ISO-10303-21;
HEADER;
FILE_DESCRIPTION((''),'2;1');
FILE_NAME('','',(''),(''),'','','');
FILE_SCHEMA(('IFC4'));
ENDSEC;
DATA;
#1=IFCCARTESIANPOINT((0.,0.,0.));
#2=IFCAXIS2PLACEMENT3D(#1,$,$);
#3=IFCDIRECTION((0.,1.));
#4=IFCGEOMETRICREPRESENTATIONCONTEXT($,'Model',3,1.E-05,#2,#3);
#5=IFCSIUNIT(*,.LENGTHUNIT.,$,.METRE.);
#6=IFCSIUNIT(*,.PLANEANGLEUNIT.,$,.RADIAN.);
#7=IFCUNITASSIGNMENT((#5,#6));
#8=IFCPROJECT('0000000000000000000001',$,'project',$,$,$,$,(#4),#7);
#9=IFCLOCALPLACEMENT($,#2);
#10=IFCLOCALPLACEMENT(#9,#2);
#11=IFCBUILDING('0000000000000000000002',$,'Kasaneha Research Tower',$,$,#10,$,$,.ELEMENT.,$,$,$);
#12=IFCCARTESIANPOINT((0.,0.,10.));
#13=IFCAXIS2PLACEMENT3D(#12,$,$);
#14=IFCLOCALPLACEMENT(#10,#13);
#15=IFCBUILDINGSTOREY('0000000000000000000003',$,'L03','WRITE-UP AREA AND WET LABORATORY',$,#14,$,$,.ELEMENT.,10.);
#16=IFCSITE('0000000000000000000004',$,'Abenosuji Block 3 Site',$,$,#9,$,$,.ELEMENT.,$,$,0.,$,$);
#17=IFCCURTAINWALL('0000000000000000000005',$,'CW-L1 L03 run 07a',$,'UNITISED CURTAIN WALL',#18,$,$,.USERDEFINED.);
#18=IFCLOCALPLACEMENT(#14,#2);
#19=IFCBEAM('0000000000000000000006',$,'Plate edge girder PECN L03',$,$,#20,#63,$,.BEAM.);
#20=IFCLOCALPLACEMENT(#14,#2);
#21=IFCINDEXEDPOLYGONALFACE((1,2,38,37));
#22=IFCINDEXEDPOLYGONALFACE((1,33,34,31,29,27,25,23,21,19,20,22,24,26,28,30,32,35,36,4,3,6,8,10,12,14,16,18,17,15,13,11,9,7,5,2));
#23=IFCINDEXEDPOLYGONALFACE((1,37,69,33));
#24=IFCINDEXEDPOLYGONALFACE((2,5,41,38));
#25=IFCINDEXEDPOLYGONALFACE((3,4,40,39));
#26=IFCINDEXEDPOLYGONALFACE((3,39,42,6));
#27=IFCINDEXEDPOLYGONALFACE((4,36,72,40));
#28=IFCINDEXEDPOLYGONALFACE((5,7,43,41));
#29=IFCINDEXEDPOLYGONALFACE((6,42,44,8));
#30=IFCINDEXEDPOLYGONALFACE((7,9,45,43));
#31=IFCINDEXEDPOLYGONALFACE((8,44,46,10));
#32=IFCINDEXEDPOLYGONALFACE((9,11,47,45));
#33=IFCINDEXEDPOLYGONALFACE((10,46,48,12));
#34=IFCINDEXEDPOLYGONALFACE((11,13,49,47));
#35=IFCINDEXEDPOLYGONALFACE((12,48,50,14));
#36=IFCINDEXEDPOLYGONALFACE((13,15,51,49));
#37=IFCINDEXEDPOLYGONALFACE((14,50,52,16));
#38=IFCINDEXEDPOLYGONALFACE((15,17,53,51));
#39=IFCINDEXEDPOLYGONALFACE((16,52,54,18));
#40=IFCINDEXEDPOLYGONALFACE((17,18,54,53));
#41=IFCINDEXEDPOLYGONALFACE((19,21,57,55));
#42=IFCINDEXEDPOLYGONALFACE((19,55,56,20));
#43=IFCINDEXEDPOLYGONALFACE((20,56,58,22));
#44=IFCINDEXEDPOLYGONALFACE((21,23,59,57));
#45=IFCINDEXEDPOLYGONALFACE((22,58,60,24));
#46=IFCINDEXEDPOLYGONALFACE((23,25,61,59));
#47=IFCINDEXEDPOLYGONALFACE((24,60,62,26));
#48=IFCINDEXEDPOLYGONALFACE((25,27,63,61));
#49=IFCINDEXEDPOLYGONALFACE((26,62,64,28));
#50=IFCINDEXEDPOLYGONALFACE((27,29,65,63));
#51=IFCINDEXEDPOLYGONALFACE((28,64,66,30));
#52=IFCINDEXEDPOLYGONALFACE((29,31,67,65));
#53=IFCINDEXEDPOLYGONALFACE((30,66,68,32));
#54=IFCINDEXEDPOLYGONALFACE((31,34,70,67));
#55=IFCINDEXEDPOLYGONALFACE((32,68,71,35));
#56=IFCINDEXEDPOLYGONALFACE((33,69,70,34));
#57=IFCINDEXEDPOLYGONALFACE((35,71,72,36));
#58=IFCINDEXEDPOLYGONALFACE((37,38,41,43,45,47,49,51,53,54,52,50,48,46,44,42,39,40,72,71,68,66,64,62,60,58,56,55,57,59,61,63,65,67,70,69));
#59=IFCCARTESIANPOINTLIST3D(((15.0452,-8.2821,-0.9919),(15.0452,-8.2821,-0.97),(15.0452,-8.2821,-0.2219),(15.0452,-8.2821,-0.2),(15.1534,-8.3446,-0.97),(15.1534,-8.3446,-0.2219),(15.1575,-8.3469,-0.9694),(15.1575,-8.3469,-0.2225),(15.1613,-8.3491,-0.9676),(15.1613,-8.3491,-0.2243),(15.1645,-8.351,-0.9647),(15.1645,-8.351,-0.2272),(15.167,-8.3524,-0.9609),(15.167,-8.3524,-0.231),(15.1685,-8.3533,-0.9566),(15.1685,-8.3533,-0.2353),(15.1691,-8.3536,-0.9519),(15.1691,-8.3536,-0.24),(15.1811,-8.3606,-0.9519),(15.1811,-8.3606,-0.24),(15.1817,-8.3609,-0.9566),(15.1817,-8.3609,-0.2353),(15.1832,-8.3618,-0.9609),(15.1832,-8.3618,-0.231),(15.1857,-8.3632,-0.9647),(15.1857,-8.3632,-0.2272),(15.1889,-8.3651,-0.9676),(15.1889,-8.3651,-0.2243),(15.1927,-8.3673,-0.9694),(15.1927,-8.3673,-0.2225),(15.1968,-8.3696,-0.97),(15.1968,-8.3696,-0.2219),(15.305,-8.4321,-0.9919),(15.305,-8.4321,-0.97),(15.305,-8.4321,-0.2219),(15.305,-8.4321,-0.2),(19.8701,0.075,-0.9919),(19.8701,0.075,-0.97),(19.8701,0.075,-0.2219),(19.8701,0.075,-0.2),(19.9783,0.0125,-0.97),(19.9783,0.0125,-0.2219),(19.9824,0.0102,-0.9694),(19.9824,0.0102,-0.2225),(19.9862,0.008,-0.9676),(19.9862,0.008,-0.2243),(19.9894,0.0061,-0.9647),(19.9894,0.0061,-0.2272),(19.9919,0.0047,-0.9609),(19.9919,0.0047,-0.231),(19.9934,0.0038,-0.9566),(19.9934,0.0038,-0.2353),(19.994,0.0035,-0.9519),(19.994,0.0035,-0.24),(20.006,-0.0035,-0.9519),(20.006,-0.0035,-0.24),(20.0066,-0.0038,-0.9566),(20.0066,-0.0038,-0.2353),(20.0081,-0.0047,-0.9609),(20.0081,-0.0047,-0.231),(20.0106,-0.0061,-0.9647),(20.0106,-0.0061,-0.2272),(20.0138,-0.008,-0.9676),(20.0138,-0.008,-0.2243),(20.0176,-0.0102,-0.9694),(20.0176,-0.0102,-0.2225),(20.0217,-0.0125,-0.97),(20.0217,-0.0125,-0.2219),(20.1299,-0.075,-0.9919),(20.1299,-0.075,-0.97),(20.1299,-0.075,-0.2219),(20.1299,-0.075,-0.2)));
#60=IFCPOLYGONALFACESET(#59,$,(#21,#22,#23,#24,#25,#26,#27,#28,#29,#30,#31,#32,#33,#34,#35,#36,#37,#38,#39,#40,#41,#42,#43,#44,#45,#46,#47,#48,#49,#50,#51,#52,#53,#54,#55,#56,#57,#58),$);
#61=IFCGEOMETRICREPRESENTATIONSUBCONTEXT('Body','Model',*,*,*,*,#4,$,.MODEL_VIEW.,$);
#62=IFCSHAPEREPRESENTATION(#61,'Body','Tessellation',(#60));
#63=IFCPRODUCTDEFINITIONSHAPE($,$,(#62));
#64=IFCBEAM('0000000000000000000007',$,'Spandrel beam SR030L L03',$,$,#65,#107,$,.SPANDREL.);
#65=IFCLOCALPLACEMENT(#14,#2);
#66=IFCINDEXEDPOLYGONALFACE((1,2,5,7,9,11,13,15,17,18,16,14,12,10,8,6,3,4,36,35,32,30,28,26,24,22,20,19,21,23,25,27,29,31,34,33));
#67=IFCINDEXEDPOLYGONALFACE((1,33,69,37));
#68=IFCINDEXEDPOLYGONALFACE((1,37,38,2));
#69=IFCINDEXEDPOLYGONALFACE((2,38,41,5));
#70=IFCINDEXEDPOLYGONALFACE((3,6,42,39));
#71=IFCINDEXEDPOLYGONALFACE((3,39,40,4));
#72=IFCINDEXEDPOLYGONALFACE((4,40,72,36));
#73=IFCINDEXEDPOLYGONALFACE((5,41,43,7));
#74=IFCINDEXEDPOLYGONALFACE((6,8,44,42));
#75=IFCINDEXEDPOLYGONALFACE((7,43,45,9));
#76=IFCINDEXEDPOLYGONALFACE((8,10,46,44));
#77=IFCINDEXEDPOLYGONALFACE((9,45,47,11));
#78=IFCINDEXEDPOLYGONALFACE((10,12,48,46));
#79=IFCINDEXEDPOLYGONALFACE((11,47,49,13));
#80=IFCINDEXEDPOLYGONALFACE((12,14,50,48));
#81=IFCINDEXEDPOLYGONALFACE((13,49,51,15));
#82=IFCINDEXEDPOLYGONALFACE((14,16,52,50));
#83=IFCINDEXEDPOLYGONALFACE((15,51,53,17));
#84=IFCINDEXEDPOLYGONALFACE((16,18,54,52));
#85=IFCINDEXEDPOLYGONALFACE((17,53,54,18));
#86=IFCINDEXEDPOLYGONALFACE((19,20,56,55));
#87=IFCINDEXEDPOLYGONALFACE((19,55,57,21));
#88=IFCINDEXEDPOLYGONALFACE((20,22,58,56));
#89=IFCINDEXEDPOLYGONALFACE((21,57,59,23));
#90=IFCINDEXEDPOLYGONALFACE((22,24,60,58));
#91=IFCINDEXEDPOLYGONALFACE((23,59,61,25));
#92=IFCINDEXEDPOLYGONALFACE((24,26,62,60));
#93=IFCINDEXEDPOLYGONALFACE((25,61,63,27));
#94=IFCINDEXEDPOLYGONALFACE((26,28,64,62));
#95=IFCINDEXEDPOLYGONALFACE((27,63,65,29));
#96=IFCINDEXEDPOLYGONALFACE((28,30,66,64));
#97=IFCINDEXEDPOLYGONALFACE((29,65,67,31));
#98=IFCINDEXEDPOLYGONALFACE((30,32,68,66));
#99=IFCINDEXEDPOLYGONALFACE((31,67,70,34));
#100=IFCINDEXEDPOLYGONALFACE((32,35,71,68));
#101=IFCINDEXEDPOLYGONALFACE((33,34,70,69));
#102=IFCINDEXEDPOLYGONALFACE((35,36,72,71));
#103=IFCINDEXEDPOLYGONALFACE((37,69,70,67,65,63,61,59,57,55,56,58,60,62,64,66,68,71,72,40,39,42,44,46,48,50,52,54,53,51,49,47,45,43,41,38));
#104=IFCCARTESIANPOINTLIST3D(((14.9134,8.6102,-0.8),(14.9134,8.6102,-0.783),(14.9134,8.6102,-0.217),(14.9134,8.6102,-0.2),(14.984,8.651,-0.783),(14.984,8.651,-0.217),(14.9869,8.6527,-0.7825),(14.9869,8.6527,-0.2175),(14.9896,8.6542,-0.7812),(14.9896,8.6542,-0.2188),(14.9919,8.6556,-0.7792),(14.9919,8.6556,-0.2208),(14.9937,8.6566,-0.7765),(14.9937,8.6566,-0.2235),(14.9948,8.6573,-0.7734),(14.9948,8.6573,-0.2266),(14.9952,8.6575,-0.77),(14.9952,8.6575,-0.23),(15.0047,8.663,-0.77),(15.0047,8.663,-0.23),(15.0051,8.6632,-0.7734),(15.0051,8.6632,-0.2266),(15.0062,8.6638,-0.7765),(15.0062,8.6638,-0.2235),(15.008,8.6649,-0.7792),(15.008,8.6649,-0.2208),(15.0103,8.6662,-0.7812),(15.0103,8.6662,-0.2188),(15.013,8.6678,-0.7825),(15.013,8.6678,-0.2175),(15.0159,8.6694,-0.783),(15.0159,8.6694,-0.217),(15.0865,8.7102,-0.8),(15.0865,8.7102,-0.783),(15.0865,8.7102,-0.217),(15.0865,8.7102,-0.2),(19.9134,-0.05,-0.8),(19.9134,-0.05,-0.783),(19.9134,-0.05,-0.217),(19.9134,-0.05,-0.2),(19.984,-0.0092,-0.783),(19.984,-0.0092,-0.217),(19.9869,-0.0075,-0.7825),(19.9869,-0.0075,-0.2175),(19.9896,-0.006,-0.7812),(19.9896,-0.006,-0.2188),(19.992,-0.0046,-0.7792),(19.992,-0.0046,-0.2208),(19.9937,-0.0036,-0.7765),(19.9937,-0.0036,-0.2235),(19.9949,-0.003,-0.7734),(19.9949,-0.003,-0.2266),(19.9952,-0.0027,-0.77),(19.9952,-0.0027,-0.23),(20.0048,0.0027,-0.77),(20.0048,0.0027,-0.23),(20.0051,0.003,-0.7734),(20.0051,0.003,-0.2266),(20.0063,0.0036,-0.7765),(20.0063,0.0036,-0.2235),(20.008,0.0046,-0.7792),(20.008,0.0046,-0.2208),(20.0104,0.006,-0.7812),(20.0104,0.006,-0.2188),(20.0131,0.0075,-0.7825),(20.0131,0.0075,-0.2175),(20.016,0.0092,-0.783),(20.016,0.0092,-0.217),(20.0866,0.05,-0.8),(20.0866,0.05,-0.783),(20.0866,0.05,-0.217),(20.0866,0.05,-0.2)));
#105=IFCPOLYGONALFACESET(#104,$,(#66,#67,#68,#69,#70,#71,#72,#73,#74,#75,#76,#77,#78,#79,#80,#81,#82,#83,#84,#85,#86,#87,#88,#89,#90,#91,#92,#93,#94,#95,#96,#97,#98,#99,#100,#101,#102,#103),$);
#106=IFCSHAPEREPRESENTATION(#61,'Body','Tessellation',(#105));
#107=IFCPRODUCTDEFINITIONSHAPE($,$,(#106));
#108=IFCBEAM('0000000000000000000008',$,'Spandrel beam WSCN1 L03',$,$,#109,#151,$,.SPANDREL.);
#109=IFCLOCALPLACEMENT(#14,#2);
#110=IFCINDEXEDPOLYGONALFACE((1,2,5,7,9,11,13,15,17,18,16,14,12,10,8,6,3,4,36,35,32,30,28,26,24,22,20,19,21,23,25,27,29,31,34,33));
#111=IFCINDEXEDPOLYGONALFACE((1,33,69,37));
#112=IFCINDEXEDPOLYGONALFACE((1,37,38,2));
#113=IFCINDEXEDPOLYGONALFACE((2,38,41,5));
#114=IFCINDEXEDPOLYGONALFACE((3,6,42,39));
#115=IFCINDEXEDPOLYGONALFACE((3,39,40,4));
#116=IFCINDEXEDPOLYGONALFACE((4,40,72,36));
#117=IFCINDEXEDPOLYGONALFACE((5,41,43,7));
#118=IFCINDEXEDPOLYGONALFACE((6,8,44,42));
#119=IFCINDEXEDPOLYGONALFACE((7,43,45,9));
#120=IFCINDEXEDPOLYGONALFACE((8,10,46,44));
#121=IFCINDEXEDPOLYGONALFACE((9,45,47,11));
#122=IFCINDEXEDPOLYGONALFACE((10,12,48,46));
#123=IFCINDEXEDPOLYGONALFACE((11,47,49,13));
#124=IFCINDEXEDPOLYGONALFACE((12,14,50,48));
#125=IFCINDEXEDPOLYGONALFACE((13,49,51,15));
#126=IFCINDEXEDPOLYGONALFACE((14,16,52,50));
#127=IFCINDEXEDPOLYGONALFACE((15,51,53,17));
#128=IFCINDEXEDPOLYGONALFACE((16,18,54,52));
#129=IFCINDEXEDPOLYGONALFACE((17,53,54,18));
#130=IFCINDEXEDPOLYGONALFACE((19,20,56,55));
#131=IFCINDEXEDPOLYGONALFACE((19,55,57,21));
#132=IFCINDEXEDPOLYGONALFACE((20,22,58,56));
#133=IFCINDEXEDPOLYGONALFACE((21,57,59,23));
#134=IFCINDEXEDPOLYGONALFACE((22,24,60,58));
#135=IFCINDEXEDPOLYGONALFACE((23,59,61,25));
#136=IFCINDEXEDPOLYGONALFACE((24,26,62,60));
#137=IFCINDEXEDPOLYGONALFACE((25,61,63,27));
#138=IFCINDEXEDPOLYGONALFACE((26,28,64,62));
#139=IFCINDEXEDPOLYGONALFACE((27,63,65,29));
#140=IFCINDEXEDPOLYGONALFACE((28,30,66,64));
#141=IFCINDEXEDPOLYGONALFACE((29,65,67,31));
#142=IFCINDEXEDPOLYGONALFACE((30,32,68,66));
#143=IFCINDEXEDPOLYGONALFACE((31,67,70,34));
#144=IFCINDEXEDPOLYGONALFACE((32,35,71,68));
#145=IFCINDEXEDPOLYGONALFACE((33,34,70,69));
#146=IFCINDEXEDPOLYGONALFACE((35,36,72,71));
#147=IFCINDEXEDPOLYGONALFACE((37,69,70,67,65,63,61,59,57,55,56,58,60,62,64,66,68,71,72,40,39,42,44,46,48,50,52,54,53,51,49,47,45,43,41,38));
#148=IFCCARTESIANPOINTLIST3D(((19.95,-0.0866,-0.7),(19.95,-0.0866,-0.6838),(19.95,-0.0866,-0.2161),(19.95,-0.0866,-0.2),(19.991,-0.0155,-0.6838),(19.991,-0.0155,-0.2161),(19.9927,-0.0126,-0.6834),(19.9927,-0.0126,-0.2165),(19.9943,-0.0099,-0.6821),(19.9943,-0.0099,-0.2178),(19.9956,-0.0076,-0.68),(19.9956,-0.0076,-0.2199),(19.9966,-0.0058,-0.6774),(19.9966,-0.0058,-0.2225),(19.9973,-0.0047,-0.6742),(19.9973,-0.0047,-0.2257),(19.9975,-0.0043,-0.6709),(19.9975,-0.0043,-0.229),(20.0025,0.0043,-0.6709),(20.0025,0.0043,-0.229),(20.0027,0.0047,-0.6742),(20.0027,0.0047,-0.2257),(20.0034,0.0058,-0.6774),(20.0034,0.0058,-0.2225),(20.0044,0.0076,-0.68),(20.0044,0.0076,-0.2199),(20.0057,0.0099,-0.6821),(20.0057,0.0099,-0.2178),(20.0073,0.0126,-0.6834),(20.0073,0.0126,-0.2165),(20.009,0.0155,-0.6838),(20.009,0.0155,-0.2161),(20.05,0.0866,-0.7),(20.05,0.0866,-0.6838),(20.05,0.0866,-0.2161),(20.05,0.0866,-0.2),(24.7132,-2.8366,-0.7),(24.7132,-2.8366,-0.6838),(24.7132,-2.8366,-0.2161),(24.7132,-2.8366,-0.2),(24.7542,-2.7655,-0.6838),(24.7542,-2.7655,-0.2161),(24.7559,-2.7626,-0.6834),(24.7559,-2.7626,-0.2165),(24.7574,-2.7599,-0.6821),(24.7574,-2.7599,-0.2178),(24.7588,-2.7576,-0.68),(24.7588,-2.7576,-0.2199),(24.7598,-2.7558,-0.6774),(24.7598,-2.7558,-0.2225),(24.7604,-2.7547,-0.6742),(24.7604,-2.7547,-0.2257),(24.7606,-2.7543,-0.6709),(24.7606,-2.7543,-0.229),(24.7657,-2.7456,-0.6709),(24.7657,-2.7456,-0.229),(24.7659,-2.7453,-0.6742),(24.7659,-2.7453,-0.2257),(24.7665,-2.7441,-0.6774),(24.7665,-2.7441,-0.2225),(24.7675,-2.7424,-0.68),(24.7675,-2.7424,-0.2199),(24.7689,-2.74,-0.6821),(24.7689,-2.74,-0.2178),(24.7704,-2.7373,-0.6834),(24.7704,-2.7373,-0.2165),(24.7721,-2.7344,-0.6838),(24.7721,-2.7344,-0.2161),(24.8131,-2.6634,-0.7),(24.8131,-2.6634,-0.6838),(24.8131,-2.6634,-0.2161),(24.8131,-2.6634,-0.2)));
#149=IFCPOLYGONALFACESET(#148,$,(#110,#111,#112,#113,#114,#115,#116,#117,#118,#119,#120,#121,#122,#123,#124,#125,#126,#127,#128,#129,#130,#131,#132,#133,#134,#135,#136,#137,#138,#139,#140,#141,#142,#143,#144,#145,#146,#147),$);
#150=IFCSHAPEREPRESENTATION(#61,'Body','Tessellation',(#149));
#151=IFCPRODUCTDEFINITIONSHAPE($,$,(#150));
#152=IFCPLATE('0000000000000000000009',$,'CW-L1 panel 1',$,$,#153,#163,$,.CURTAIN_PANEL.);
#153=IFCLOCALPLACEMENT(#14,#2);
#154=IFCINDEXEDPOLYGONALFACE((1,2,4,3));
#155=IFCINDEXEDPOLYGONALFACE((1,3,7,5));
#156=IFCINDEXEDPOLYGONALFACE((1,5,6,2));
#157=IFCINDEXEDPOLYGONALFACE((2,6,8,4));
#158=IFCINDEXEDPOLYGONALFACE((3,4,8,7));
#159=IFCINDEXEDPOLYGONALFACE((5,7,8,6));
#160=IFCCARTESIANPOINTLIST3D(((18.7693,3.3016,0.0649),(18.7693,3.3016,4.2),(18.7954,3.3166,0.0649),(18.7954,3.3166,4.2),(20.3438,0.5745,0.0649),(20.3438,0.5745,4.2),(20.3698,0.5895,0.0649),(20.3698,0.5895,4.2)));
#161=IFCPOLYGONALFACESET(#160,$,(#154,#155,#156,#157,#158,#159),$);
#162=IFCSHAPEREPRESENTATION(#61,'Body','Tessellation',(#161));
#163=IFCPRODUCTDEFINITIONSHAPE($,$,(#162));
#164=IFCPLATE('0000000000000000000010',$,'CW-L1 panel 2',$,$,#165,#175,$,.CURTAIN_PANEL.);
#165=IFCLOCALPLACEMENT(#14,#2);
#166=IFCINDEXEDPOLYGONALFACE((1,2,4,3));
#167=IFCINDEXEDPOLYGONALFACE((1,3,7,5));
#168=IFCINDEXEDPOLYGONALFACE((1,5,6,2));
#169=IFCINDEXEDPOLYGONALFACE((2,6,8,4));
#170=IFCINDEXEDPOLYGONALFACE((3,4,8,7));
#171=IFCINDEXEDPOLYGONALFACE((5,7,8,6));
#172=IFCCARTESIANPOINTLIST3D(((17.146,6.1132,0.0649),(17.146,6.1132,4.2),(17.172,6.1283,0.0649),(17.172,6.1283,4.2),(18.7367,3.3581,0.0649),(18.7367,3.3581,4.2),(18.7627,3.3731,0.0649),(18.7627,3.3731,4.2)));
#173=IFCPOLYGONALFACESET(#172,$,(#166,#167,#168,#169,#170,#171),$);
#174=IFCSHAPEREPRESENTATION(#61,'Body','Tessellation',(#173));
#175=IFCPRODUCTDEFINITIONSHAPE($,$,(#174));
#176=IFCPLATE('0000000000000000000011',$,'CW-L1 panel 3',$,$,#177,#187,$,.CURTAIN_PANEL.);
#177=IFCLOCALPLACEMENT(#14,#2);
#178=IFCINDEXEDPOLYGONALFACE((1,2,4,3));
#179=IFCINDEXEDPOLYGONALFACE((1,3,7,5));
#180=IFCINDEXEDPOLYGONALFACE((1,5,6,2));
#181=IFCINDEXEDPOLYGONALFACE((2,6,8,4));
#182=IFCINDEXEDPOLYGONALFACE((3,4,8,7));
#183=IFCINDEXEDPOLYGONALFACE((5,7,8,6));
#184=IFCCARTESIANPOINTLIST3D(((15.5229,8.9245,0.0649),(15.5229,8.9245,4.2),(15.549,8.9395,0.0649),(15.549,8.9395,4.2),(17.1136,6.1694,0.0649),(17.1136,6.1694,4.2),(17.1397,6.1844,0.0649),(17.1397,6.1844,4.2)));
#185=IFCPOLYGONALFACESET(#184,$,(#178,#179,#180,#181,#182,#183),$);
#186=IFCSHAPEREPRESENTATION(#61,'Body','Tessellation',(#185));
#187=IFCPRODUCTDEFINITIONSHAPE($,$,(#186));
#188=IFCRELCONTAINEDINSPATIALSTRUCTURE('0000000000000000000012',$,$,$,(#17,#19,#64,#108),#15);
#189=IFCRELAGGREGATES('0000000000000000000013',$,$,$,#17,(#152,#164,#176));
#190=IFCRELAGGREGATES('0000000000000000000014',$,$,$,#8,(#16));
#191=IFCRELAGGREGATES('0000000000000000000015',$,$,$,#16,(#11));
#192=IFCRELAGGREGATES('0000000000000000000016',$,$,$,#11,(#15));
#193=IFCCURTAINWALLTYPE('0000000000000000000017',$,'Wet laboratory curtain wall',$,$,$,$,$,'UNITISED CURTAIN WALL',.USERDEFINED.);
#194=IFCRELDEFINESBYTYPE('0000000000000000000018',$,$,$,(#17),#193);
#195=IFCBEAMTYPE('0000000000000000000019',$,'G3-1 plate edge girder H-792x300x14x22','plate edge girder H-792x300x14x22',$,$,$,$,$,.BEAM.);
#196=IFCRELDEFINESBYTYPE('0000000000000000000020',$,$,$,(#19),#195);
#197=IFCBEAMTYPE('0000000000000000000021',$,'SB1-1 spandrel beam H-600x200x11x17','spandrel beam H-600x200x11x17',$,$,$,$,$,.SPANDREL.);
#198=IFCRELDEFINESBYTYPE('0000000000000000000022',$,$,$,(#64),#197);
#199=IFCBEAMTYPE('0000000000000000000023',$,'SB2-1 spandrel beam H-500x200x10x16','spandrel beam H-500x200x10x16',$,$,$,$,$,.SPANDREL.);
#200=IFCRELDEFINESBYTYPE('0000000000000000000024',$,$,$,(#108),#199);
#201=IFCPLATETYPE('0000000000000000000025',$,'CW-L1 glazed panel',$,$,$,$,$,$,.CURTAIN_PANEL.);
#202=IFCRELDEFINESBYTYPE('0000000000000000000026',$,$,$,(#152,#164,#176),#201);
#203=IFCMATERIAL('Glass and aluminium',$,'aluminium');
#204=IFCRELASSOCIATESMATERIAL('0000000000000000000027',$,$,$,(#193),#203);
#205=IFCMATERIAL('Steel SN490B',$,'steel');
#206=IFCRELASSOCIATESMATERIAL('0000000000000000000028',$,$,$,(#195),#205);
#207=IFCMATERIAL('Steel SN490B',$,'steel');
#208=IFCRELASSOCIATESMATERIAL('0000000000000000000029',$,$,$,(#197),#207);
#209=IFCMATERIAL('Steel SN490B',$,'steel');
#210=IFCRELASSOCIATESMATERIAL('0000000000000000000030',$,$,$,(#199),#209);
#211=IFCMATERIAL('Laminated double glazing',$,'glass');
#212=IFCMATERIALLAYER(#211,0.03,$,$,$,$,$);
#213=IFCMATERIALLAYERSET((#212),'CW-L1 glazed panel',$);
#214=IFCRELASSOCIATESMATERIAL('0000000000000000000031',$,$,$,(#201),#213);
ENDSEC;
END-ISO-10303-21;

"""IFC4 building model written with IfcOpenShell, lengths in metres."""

from ifc_helpers import new_model, si_unit, direction, frame, origin, origin_2d, place, context, subcontext, project, spatial, rectangle, i_section, extrude, material, layer, layer_set, material_profile, profile_set, type_object, element, aggregate, save


model = new_model("IFC4")

# Units and contexts
model_context = context("Model", 3, precision=1e-05, world=origin(), true_north=direction((0.0, 1.0)))
body_context = subcontext(model_context, "Body", "Model", "MODEL_VIEW")
ifc_project = project(units=[si_unit("LENGTHUNIT", "METRE"), si_unit("PLANEANGLEUNIT", "RADIAN")], contexts=[model_context])

# Site, building, storey
site_placement = place(None, origin())
site = spatial("IfcSite", under=ifc_project, at=site_placement, Name="Abenosuji Block 3 Site", CompositionType="ELEMENT", RefElevation=0.0)
building_placement = place(site_placement, origin())
building = spatial("IfcBuilding", under=site, at=building_placement, Name="Kasaneha Research Tower", CompositionType="ELEMENT")
storey_placement = place(building_placement, frame((0.0, 0.0, 10.0)))
storey = spatial("IfcBuildingStorey", under=building, at=storey_placement, Name="L03", Description="WRITE-UP AREA AND WET LABORATORY", CompositionType="ELEMENT", Elevation=10.0)

# Shared definitions
ifc_material_1 = material(Name="Glass and aluminium", Category="aluminium")
curtain_wall_type = type_object("IfcCurtainWallType", Name="Wet laboratory curtain wall", ElementType="UNITISED CURTAIN WALL", PredefinedType="USERDEFINED", material=ifc_material_1)

# Curtain wall
curtain_wall_1_placement = place(storey_placement, origin())
curtain_wall_1 = element("IfcCurtainWall", 1, at=curtain_wall_1_placement, inside=storey, type_object=curtain_wall_type, Name="CW-L1 L03 run 07a", ObjectType="UNITISED CURTAIN WALL", PredefinedType="USERDEFINED")

# Beams
ifc_material_2 = material(Name="Steel SN490B", Category="steel")
ifc_material_profile_1 = material_profile(ifc_material_2, i_section(OverallWidth=0.3, OverallDepth=0.792, WebThickness=0.0139, FlangeThickness=0.022, FilletRadius=0.0181, at=origin_2d()), Name="H-792x300x14x22")
ifc_profile_set_1 = profile_set([ifc_material_profile_1], Name="Steel SN490B")
beam_type_1 = type_object("IfcBeamType", Name="G3-1 plate edge girder H-792x300x14x22", Description="plate edge girder H-792x300x14x22", PredefinedType="BEAM", material=ifc_profile_set_1)
beam_1_placement = place(storey_placement, frame((20.0, 0.0, -0.5959), z_axis=(-0.499995, -0.866028, 0.0), x_axis=(0.866028, -0.499995, 0.0)))
element("IfcBeam", 2, at=beam_1_placement, inside=storey, type_object=beam_type_1, Name="Plate edge girder PECN L03", PredefinedType="BEAM", context=body_context, shape_type="SweptSolid", body=[
    extrude(i_section(OverallWidth=0.3, OverallDepth=0.792, WebThickness=0.0139, FlangeThickness=0.022, FilletRadius=0.0181, at=origin_2d()), origin(), (0.0, 0.0, 1.0), 9.6499),
])
ifc_material_3 = material(Name="Steel SN490B", Category="steel")
ifc_material_profile_2 = material_profile(ifc_material_3, i_section(OverallWidth=0.2, OverallDepth=0.6001, WebThickness=0.011, FlangeThickness=0.0171, FilletRadius=0.0129, at=origin_2d()), Name="H-600x200x11x17")
ifc_profile_set_2 = profile_set([ifc_material_profile_2], Name="Steel SN490B")
beam_type_2 = type_object("IfcBeamType", Name="SB1-1 spandrel beam H-600x200x11x17", Description="spandrel beam H-600x200x11x17", PredefinedType="SPANDREL", material=ifc_profile_set_2)
beam_2_placement = place(storey_placement, frame((20.0, 0.0, -0.5), z_axis=(-0.500004, 0.866023, 0.0), x_axis=(-0.866023, -0.500004, 0.0)))
element("IfcBeam", 3, at=beam_2_placement, inside=storey, type_object=beam_type_2, Name="Spandrel beam SR030L L03", PredefinedType="SPANDREL", context=body_context, shape_type="SweptSolid", body=[
    extrude(i_section(OverallWidth=0.2, OverallDepth=0.6001, WebThickness=0.011, FlangeThickness=0.0171, FilletRadius=0.0129, at=origin_2d()), origin(), (0.0, 0.0, 1.0), 10.0),
])
ifc_material_4 = material(Name="Steel SN490B", Category="steel")
ifc_material_profile_3 = material_profile(ifc_material_4, i_section(OverallWidth=0.2, OverallDepth=0.5, WebThickness=0.01, FlangeThickness=0.0161, FilletRadius=0.0129, at=origin_2d()), Name="H-500x200x10x16")
ifc_profile_set_3 = profile_set([ifc_material_profile_3], Name="Steel SN490B")
beam_type_3 = type_object("IfcBeamType", Name="SB2-1 spandrel beam H-500x200x10x16", Description="spandrel beam H-500x200x10x16", PredefinedType="SPANDREL", material=ifc_profile_set_3)
beam_3_placement = place(storey_placement, frame((20.0, 0.0, -0.45), z_axis=(0.866027, -0.499997, 0.0), x_axis=(0.499997, 0.866027, 0.0)))
element("IfcBeam", 4, at=beam_3_placement, inside=storey, type_object=beam_type_3, Name="Spandrel beam WSCN1 L03", PredefinedType="SPANDREL", context=body_context, shape_type="SweptSolid", body=[
    extrude(i_section(OverallWidth=0.2, OverallDepth=0.5, WebThickness=0.01, FlangeThickness=0.0161, FilletRadius=0.0129, at=origin_2d()), origin(), (0.0, 0.0, 1.0), 5.5),
])

# Plates
ifc_material_5 = material(Name="Laminated double glazing", Category="glass")
ifc_layer_1 = layer(ifc_material_5, 0.03)
ifc_layer_set_1 = layer_set([ifc_layer_1], Name="CW-L1 glazed panel")
plate_type = type_object("IfcPlateType", Name="CW-L1 glazed panel", PredefinedType="CURTAIN_PANEL", material=ifc_layer_set_1)
plate_1_placement = place(storey_placement, frame((19.5696, 1.9456, 0.0649), z_axis=(0.0, 0.0, 1.0), x_axis=(-0.5, 0.866025, 0.0)))
plate_1 = element("IfcPlate", 5, at=plate_1_placement, type_object=plate_type, Name="CW-L1 panel 1", PredefinedType="CURTAIN_PANEL", context=body_context, shape_type="SweptSolid", body=[
    extrude(rectangle(XDim=3.1489, YDim=0.03, at=origin_2d()), origin(), (0.0, 0.0, 1.0), 4.135),
])
plate_2_placement = place(storey_placement, frame((17.9543, 4.7432, 0.0649), z_axis=(0.0, 0.0, 1.0), x_axis=(-0.5, 0.866025, 0.0)))
plate_2 = element("IfcPlate", 6, at=plate_2_placement, type_object=plate_type, Name="CW-L1 panel 2", PredefinedType="CURTAIN_PANEL", context=body_context, shape_type="SweptSolid", body=[
    extrude(rectangle(XDim=3.1814, YDim=0.03, at=origin_2d()), origin(), (0.0, 0.0, 1.0), 4.135),
])
plate_3_placement = place(storey_placement, frame((16.3313, 7.5544, 0.0649), z_axis=(0.0, 0.0, 1.0), x_axis=(-0.5, 0.866025, 0.0)))
plate_3 = element("IfcPlate", 7, at=plate_3_placement, type_object=plate_type, Name="CW-L1 panel 3", PredefinedType="CURTAIN_PANEL", context=body_context, shape_type="SweptSolid", body=[
    extrude(rectangle(XDim=3.1814, YDim=0.03, at=origin_2d()), origin(), (0.0, 0.0, 1.0), 4.135),
])
aggregate(curtain_wall_1, [plate_1, plate_2, plate_3])

save(model, "model.ifc")
